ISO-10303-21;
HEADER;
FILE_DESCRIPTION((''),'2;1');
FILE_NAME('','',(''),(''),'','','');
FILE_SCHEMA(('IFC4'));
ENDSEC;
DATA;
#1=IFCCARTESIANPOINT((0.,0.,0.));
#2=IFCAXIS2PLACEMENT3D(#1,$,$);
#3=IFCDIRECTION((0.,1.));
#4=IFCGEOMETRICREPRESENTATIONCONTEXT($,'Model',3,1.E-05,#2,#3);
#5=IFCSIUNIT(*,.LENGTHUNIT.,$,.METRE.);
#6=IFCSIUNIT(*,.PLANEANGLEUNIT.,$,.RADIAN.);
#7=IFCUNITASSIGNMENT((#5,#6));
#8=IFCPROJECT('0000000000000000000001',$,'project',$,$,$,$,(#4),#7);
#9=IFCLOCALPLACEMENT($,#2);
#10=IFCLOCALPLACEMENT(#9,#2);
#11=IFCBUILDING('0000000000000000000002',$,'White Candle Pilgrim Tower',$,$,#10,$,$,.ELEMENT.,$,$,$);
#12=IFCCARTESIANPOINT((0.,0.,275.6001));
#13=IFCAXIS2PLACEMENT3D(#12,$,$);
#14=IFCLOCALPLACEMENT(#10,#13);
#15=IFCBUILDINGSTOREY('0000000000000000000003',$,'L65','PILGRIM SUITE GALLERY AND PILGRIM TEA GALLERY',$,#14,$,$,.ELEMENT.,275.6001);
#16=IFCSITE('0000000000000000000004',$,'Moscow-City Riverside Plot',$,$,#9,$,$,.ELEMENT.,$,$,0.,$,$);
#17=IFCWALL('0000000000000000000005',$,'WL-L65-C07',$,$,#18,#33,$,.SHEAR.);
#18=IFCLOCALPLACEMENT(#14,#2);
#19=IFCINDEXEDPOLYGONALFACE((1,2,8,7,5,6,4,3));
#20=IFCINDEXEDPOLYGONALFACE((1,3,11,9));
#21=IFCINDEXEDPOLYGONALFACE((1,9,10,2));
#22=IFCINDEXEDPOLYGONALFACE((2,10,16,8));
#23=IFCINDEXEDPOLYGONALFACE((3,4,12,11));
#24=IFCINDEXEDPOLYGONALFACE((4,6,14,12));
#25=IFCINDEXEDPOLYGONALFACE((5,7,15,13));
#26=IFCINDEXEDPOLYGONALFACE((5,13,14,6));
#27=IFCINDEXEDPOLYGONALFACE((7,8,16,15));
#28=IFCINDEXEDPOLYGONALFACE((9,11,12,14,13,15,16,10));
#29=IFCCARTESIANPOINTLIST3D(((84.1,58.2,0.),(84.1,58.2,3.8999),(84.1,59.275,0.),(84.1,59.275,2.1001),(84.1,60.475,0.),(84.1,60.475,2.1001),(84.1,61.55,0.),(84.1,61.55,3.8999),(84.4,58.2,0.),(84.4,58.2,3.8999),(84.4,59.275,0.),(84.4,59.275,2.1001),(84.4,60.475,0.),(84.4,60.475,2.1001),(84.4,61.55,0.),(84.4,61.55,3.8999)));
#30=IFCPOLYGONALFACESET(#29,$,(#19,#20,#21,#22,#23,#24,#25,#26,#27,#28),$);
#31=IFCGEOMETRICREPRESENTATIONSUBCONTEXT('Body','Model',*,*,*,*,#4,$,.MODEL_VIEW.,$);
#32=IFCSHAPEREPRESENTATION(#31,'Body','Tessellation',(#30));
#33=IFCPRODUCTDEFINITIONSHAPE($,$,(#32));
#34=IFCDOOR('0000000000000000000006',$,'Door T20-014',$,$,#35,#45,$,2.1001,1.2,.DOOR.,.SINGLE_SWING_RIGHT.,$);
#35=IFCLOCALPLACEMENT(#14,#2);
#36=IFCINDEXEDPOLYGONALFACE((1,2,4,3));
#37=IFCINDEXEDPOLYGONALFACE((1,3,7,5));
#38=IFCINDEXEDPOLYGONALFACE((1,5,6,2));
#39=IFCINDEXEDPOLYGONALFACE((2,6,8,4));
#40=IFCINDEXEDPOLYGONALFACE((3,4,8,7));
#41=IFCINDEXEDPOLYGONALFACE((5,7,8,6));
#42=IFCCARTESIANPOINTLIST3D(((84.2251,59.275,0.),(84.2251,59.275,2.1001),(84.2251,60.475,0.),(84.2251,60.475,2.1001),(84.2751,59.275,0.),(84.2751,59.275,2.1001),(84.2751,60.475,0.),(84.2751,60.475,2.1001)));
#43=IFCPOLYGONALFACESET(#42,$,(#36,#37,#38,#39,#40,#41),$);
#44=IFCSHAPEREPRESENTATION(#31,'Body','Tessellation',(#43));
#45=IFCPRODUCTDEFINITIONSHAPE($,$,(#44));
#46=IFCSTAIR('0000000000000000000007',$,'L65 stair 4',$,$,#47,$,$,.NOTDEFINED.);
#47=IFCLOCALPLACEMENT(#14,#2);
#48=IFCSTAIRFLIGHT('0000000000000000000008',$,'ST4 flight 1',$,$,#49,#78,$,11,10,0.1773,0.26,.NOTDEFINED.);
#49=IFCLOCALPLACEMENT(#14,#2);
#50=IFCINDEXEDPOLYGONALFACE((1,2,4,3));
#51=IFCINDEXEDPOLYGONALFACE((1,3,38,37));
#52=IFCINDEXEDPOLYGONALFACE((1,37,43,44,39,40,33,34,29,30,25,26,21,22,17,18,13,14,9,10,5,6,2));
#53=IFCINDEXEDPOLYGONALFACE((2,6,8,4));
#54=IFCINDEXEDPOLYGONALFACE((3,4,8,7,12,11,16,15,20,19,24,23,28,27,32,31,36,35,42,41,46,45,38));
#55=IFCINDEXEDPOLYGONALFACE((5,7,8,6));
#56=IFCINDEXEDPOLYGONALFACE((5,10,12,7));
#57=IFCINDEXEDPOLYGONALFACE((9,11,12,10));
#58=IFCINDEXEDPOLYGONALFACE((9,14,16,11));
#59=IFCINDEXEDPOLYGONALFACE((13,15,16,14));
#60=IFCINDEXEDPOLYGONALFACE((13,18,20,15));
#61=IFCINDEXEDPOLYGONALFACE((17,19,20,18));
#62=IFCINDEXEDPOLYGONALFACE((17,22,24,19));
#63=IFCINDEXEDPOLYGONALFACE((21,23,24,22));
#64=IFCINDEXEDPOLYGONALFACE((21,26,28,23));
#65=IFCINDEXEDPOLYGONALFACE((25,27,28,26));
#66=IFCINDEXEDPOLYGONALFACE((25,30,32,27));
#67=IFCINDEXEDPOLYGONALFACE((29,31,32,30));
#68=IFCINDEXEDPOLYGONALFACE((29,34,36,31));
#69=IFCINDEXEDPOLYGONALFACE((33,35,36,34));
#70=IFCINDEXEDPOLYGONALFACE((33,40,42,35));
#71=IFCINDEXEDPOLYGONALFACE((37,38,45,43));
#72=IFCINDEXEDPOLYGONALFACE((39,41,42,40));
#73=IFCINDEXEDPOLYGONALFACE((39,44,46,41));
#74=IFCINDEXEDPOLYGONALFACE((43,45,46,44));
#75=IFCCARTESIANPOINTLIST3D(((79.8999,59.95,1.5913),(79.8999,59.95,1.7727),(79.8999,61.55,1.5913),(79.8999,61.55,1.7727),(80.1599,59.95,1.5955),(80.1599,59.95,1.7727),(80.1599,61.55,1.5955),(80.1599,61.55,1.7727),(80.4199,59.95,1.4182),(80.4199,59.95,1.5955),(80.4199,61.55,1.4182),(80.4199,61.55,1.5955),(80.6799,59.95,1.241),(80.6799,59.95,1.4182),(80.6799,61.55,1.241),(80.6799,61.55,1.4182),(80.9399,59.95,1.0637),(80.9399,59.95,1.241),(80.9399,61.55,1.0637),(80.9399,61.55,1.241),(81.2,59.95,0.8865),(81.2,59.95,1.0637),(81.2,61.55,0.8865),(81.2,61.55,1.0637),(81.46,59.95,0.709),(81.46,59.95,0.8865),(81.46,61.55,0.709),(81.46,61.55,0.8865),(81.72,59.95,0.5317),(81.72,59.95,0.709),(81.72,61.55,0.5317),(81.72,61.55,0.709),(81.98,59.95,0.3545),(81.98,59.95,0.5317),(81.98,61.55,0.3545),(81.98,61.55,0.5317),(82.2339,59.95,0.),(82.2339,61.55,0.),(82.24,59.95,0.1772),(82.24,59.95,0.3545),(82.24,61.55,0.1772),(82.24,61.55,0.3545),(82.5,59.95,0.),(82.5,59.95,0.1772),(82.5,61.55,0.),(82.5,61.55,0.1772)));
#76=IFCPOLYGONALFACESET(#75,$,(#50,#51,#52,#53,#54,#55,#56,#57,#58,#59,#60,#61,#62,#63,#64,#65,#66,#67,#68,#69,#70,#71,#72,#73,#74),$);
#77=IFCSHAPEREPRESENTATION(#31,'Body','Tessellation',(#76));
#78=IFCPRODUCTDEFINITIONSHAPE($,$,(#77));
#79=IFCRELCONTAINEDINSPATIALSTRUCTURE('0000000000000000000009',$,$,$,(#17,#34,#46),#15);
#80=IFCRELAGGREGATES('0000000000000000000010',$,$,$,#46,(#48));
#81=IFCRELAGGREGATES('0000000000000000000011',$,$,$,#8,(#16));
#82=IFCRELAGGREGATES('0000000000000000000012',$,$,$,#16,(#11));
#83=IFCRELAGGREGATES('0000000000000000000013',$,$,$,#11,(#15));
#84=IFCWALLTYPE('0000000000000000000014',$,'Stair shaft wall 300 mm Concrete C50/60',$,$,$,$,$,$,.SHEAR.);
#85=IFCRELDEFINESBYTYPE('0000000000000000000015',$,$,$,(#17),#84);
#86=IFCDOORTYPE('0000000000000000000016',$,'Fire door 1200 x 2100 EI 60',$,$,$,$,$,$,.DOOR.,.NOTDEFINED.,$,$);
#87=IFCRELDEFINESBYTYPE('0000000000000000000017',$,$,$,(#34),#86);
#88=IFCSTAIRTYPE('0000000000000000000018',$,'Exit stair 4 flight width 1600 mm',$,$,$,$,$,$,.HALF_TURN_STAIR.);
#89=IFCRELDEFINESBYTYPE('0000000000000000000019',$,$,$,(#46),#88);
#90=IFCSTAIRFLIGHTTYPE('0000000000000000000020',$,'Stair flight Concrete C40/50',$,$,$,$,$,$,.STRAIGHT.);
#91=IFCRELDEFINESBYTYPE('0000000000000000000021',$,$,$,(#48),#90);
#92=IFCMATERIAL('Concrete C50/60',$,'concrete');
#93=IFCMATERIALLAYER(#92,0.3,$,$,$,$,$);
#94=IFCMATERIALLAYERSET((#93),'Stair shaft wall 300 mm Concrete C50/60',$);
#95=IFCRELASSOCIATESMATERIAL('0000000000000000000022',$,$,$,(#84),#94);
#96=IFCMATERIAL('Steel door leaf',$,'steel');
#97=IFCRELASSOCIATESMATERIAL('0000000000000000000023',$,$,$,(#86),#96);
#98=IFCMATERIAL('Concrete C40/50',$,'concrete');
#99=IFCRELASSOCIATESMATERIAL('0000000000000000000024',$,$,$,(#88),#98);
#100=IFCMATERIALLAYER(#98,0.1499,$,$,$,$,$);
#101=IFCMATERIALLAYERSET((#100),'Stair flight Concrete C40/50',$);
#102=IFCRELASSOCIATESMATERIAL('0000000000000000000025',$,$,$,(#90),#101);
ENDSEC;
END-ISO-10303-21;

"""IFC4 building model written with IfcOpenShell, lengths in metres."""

from ifc_helpers import new_model, si_unit, direction, frame, frame_2d, origin, place, context, subcontext, project, spatial, polyline, rectangle, outline, extrude, material, layer, layer_set, type_object, element, fill, aggregate, save


model = new_model("IFC4")

# Units and contexts
model_context = context("Model", 3, precision=1e-05, world=origin(), true_north=direction((0.0, 1.0)))
body_context = subcontext(model_context, "Body", "Model", "MODEL_VIEW")
ifc_project = project(units=[si_unit("LENGTHUNIT", "METRE"), si_unit("PLANEANGLEUNIT", "RADIAN")], contexts=[model_context])

# Site, building, storey
site_placement = place(None, origin())
site = spatial("IfcSite", under=ifc_project, at=site_placement, Name="Moscow-City Riverside Plot", CompositionType="ELEMENT", RefElevation=0.0)
building_placement = place(site_placement, origin())
building = spatial("IfcBuilding", under=site, at=building_placement, Name="White Candle Pilgrim Tower", CompositionType="ELEMENT")
storey_placement = place(building_placement, frame((0.0, 0.0, 275.6001)))
storey = spatial("IfcBuildingStorey", under=building, at=storey_placement, Name="L65", Description="PILGRIM SUITE GALLERY AND PILGRIM TEA GALLERY", CompositionType="ELEMENT", Elevation=275.6001)

# Shared definitions
ifc_material_1 = material(Name="Concrete C50/60", Category="concrete")

# Shared definitions
ifc_material_2 = material(Name="Steel door leaf", Category="steel")

# Wall, opening, door
ifc_layer_1 = layer(ifc_material_1, 0.3)
ifc_layer_set_1 = layer_set([ifc_layer_1], Name="Stair shaft wall 300 mm Concrete C50/60")
wall_type_1 = type_object("IfcWallType", Name="Stair shaft wall 300 mm Concrete C50/60", PredefinedType="SHEAR", material=ifc_layer_set_1)
wall_1_placement = place(storey_placement, frame((84.25, 58.2, 0.0), z_axis=(0.0, 0.0, 1.0), x_axis=(0.0, 1.0, 0.0)))
wall_1 = element("IfcWall", 1, at=wall_1_placement, inside=storey, type_object=wall_type_1, Name="WL-L65-C07", PredefinedType="SHEAR", context=body_context, shape_type="SweptSolid", body=[
    extrude(rectangle(XDim=3.3501, YDim=0.3, at=frame_2d((1.675, 0.0))), origin(), (0.0, 0.0, 1.0), 3.8999),
])
opening_1_placement = place(wall_1_placement, frame((1.075, 0.0, 0.0)))
opening_1 = element("IfcOpeningElement", 2, at=opening_1_placement, cuts=wall_1, PredefinedType="OPENING", context=body_context, shape_type="SweptSolid", body=[
    extrude(rectangle(XDim=1.2, YDim=2.1001, at=frame_2d((0.6001, 1.05))), frame((0.0, 0.1599, 0.0), z_axis=(0.0, -1.0, 0.0), x_axis=(1.0, 0.0, 0.0)), (0.0, 0.0, 1.0), 0.3201),
])
door_type_1 = type_object("IfcDoorType", Name="Fire door 1200 x 2100 EI 60", OperationType="NOTDEFINED", PredefinedType="DOOR", material=ifc_material_2)
door_1_placement = place(opening_1_placement, origin())
door_1 = element("IfcDoor", 3, at=door_1_placement, inside=storey, type_object=door_type_1, Name="Door T20-014", OperationType="SINGLE_SWING_RIGHT", OverallHeight=2.1001, OverallWidth=1.2, PredefinedType="DOOR", context=body_context, shape_type="SweptSolid", body=[
    extrude(rectangle(XDim=1.2, YDim=2.1001, at=frame_2d((0.6001, 1.05))), frame((0.0, 0.0249, 0.0), z_axis=(0.0, -1.0, 0.0), x_axis=(1.0, 0.0, 0.0)), (0.0, 0.0, 1.0), 0.05),
])
fill(opening_1, door_1)

# Stair, stair flight
ifc_material_3 = material(Name="Concrete C40/50", Category="concrete")
stair_type = type_object("IfcStairType", Name="Exit stair 4 flight width 1600 mm", PredefinedType="HALF_TURN_STAIR", material=ifc_material_3)
stair_placement = place(storey_placement, origin())
stair = element("IfcStair", 4, at=stair_placement, inside=storey, type_object=stair_type, Name="L65 stair 4", PredefinedType="NOTDEFINED")
ifc_layer_2 = layer(ifc_material_3, 0.1499)
ifc_layer_set_2 = layer_set([ifc_layer_2], Name="Stair flight Concrete C40/50")
stair_flight_type = type_object("IfcStairFlightType", Name="Stair flight Concrete C40/50", PredefinedType="STRAIGHT", material=ifc_layer_set_2)
stair_flight_placement = place(storey_placement, frame((82.5, 60.75, 0.0), z_axis=(0.0, 0.0, 1.0), x_axis=(-1.0, 0.0, 0.0)))
stair_flight = element("IfcStairFlight", 5, at=stair_flight_placement, type_object=stair_flight_type, Name="ST4 flight 1", NumberOfRisers=11, NumberOfTreads=10, PredefinedType="NOTDEFINED", RiserHeight=0.1773, TreadLength=0.26, context=body_context, shape_type="SweptSolid", body=[
    extrude(outline(polyline([(0.0, 0.0), (0.0, 0.1772), (0.26, 0.1772), (0.26, 0.3545), (0.52, 0.3545), (0.52, 0.5317), (0.78, 0.5317), (0.78, 0.709), (1.04, 0.709), (1.04, 0.8865), (1.3, 0.8865), (1.3, 1.0637), (1.5601, 1.0637), (1.5601, 1.241), (1.8201, 1.241), (1.8201, 1.4182), (2.0801, 1.4182), (2.0801, 1.5955), (2.3401, 1.5955), (2.3401, 1.7727), (2.6001, 1.7727), (2.6001, 1.95), (2.6001, 1.5913), (0.2661, 0.0), (0.0, 0.0)])), frame((0.0, 0.8, 0.0), z_axis=(0.0, -1.0, 0.0), x_axis=(1.0, 0.0, 0.0)), (0.0, 0.0, 1.0), 1.6001),
])
aggregate(stair, [stair_flight])

save(model, "model.ifc")
